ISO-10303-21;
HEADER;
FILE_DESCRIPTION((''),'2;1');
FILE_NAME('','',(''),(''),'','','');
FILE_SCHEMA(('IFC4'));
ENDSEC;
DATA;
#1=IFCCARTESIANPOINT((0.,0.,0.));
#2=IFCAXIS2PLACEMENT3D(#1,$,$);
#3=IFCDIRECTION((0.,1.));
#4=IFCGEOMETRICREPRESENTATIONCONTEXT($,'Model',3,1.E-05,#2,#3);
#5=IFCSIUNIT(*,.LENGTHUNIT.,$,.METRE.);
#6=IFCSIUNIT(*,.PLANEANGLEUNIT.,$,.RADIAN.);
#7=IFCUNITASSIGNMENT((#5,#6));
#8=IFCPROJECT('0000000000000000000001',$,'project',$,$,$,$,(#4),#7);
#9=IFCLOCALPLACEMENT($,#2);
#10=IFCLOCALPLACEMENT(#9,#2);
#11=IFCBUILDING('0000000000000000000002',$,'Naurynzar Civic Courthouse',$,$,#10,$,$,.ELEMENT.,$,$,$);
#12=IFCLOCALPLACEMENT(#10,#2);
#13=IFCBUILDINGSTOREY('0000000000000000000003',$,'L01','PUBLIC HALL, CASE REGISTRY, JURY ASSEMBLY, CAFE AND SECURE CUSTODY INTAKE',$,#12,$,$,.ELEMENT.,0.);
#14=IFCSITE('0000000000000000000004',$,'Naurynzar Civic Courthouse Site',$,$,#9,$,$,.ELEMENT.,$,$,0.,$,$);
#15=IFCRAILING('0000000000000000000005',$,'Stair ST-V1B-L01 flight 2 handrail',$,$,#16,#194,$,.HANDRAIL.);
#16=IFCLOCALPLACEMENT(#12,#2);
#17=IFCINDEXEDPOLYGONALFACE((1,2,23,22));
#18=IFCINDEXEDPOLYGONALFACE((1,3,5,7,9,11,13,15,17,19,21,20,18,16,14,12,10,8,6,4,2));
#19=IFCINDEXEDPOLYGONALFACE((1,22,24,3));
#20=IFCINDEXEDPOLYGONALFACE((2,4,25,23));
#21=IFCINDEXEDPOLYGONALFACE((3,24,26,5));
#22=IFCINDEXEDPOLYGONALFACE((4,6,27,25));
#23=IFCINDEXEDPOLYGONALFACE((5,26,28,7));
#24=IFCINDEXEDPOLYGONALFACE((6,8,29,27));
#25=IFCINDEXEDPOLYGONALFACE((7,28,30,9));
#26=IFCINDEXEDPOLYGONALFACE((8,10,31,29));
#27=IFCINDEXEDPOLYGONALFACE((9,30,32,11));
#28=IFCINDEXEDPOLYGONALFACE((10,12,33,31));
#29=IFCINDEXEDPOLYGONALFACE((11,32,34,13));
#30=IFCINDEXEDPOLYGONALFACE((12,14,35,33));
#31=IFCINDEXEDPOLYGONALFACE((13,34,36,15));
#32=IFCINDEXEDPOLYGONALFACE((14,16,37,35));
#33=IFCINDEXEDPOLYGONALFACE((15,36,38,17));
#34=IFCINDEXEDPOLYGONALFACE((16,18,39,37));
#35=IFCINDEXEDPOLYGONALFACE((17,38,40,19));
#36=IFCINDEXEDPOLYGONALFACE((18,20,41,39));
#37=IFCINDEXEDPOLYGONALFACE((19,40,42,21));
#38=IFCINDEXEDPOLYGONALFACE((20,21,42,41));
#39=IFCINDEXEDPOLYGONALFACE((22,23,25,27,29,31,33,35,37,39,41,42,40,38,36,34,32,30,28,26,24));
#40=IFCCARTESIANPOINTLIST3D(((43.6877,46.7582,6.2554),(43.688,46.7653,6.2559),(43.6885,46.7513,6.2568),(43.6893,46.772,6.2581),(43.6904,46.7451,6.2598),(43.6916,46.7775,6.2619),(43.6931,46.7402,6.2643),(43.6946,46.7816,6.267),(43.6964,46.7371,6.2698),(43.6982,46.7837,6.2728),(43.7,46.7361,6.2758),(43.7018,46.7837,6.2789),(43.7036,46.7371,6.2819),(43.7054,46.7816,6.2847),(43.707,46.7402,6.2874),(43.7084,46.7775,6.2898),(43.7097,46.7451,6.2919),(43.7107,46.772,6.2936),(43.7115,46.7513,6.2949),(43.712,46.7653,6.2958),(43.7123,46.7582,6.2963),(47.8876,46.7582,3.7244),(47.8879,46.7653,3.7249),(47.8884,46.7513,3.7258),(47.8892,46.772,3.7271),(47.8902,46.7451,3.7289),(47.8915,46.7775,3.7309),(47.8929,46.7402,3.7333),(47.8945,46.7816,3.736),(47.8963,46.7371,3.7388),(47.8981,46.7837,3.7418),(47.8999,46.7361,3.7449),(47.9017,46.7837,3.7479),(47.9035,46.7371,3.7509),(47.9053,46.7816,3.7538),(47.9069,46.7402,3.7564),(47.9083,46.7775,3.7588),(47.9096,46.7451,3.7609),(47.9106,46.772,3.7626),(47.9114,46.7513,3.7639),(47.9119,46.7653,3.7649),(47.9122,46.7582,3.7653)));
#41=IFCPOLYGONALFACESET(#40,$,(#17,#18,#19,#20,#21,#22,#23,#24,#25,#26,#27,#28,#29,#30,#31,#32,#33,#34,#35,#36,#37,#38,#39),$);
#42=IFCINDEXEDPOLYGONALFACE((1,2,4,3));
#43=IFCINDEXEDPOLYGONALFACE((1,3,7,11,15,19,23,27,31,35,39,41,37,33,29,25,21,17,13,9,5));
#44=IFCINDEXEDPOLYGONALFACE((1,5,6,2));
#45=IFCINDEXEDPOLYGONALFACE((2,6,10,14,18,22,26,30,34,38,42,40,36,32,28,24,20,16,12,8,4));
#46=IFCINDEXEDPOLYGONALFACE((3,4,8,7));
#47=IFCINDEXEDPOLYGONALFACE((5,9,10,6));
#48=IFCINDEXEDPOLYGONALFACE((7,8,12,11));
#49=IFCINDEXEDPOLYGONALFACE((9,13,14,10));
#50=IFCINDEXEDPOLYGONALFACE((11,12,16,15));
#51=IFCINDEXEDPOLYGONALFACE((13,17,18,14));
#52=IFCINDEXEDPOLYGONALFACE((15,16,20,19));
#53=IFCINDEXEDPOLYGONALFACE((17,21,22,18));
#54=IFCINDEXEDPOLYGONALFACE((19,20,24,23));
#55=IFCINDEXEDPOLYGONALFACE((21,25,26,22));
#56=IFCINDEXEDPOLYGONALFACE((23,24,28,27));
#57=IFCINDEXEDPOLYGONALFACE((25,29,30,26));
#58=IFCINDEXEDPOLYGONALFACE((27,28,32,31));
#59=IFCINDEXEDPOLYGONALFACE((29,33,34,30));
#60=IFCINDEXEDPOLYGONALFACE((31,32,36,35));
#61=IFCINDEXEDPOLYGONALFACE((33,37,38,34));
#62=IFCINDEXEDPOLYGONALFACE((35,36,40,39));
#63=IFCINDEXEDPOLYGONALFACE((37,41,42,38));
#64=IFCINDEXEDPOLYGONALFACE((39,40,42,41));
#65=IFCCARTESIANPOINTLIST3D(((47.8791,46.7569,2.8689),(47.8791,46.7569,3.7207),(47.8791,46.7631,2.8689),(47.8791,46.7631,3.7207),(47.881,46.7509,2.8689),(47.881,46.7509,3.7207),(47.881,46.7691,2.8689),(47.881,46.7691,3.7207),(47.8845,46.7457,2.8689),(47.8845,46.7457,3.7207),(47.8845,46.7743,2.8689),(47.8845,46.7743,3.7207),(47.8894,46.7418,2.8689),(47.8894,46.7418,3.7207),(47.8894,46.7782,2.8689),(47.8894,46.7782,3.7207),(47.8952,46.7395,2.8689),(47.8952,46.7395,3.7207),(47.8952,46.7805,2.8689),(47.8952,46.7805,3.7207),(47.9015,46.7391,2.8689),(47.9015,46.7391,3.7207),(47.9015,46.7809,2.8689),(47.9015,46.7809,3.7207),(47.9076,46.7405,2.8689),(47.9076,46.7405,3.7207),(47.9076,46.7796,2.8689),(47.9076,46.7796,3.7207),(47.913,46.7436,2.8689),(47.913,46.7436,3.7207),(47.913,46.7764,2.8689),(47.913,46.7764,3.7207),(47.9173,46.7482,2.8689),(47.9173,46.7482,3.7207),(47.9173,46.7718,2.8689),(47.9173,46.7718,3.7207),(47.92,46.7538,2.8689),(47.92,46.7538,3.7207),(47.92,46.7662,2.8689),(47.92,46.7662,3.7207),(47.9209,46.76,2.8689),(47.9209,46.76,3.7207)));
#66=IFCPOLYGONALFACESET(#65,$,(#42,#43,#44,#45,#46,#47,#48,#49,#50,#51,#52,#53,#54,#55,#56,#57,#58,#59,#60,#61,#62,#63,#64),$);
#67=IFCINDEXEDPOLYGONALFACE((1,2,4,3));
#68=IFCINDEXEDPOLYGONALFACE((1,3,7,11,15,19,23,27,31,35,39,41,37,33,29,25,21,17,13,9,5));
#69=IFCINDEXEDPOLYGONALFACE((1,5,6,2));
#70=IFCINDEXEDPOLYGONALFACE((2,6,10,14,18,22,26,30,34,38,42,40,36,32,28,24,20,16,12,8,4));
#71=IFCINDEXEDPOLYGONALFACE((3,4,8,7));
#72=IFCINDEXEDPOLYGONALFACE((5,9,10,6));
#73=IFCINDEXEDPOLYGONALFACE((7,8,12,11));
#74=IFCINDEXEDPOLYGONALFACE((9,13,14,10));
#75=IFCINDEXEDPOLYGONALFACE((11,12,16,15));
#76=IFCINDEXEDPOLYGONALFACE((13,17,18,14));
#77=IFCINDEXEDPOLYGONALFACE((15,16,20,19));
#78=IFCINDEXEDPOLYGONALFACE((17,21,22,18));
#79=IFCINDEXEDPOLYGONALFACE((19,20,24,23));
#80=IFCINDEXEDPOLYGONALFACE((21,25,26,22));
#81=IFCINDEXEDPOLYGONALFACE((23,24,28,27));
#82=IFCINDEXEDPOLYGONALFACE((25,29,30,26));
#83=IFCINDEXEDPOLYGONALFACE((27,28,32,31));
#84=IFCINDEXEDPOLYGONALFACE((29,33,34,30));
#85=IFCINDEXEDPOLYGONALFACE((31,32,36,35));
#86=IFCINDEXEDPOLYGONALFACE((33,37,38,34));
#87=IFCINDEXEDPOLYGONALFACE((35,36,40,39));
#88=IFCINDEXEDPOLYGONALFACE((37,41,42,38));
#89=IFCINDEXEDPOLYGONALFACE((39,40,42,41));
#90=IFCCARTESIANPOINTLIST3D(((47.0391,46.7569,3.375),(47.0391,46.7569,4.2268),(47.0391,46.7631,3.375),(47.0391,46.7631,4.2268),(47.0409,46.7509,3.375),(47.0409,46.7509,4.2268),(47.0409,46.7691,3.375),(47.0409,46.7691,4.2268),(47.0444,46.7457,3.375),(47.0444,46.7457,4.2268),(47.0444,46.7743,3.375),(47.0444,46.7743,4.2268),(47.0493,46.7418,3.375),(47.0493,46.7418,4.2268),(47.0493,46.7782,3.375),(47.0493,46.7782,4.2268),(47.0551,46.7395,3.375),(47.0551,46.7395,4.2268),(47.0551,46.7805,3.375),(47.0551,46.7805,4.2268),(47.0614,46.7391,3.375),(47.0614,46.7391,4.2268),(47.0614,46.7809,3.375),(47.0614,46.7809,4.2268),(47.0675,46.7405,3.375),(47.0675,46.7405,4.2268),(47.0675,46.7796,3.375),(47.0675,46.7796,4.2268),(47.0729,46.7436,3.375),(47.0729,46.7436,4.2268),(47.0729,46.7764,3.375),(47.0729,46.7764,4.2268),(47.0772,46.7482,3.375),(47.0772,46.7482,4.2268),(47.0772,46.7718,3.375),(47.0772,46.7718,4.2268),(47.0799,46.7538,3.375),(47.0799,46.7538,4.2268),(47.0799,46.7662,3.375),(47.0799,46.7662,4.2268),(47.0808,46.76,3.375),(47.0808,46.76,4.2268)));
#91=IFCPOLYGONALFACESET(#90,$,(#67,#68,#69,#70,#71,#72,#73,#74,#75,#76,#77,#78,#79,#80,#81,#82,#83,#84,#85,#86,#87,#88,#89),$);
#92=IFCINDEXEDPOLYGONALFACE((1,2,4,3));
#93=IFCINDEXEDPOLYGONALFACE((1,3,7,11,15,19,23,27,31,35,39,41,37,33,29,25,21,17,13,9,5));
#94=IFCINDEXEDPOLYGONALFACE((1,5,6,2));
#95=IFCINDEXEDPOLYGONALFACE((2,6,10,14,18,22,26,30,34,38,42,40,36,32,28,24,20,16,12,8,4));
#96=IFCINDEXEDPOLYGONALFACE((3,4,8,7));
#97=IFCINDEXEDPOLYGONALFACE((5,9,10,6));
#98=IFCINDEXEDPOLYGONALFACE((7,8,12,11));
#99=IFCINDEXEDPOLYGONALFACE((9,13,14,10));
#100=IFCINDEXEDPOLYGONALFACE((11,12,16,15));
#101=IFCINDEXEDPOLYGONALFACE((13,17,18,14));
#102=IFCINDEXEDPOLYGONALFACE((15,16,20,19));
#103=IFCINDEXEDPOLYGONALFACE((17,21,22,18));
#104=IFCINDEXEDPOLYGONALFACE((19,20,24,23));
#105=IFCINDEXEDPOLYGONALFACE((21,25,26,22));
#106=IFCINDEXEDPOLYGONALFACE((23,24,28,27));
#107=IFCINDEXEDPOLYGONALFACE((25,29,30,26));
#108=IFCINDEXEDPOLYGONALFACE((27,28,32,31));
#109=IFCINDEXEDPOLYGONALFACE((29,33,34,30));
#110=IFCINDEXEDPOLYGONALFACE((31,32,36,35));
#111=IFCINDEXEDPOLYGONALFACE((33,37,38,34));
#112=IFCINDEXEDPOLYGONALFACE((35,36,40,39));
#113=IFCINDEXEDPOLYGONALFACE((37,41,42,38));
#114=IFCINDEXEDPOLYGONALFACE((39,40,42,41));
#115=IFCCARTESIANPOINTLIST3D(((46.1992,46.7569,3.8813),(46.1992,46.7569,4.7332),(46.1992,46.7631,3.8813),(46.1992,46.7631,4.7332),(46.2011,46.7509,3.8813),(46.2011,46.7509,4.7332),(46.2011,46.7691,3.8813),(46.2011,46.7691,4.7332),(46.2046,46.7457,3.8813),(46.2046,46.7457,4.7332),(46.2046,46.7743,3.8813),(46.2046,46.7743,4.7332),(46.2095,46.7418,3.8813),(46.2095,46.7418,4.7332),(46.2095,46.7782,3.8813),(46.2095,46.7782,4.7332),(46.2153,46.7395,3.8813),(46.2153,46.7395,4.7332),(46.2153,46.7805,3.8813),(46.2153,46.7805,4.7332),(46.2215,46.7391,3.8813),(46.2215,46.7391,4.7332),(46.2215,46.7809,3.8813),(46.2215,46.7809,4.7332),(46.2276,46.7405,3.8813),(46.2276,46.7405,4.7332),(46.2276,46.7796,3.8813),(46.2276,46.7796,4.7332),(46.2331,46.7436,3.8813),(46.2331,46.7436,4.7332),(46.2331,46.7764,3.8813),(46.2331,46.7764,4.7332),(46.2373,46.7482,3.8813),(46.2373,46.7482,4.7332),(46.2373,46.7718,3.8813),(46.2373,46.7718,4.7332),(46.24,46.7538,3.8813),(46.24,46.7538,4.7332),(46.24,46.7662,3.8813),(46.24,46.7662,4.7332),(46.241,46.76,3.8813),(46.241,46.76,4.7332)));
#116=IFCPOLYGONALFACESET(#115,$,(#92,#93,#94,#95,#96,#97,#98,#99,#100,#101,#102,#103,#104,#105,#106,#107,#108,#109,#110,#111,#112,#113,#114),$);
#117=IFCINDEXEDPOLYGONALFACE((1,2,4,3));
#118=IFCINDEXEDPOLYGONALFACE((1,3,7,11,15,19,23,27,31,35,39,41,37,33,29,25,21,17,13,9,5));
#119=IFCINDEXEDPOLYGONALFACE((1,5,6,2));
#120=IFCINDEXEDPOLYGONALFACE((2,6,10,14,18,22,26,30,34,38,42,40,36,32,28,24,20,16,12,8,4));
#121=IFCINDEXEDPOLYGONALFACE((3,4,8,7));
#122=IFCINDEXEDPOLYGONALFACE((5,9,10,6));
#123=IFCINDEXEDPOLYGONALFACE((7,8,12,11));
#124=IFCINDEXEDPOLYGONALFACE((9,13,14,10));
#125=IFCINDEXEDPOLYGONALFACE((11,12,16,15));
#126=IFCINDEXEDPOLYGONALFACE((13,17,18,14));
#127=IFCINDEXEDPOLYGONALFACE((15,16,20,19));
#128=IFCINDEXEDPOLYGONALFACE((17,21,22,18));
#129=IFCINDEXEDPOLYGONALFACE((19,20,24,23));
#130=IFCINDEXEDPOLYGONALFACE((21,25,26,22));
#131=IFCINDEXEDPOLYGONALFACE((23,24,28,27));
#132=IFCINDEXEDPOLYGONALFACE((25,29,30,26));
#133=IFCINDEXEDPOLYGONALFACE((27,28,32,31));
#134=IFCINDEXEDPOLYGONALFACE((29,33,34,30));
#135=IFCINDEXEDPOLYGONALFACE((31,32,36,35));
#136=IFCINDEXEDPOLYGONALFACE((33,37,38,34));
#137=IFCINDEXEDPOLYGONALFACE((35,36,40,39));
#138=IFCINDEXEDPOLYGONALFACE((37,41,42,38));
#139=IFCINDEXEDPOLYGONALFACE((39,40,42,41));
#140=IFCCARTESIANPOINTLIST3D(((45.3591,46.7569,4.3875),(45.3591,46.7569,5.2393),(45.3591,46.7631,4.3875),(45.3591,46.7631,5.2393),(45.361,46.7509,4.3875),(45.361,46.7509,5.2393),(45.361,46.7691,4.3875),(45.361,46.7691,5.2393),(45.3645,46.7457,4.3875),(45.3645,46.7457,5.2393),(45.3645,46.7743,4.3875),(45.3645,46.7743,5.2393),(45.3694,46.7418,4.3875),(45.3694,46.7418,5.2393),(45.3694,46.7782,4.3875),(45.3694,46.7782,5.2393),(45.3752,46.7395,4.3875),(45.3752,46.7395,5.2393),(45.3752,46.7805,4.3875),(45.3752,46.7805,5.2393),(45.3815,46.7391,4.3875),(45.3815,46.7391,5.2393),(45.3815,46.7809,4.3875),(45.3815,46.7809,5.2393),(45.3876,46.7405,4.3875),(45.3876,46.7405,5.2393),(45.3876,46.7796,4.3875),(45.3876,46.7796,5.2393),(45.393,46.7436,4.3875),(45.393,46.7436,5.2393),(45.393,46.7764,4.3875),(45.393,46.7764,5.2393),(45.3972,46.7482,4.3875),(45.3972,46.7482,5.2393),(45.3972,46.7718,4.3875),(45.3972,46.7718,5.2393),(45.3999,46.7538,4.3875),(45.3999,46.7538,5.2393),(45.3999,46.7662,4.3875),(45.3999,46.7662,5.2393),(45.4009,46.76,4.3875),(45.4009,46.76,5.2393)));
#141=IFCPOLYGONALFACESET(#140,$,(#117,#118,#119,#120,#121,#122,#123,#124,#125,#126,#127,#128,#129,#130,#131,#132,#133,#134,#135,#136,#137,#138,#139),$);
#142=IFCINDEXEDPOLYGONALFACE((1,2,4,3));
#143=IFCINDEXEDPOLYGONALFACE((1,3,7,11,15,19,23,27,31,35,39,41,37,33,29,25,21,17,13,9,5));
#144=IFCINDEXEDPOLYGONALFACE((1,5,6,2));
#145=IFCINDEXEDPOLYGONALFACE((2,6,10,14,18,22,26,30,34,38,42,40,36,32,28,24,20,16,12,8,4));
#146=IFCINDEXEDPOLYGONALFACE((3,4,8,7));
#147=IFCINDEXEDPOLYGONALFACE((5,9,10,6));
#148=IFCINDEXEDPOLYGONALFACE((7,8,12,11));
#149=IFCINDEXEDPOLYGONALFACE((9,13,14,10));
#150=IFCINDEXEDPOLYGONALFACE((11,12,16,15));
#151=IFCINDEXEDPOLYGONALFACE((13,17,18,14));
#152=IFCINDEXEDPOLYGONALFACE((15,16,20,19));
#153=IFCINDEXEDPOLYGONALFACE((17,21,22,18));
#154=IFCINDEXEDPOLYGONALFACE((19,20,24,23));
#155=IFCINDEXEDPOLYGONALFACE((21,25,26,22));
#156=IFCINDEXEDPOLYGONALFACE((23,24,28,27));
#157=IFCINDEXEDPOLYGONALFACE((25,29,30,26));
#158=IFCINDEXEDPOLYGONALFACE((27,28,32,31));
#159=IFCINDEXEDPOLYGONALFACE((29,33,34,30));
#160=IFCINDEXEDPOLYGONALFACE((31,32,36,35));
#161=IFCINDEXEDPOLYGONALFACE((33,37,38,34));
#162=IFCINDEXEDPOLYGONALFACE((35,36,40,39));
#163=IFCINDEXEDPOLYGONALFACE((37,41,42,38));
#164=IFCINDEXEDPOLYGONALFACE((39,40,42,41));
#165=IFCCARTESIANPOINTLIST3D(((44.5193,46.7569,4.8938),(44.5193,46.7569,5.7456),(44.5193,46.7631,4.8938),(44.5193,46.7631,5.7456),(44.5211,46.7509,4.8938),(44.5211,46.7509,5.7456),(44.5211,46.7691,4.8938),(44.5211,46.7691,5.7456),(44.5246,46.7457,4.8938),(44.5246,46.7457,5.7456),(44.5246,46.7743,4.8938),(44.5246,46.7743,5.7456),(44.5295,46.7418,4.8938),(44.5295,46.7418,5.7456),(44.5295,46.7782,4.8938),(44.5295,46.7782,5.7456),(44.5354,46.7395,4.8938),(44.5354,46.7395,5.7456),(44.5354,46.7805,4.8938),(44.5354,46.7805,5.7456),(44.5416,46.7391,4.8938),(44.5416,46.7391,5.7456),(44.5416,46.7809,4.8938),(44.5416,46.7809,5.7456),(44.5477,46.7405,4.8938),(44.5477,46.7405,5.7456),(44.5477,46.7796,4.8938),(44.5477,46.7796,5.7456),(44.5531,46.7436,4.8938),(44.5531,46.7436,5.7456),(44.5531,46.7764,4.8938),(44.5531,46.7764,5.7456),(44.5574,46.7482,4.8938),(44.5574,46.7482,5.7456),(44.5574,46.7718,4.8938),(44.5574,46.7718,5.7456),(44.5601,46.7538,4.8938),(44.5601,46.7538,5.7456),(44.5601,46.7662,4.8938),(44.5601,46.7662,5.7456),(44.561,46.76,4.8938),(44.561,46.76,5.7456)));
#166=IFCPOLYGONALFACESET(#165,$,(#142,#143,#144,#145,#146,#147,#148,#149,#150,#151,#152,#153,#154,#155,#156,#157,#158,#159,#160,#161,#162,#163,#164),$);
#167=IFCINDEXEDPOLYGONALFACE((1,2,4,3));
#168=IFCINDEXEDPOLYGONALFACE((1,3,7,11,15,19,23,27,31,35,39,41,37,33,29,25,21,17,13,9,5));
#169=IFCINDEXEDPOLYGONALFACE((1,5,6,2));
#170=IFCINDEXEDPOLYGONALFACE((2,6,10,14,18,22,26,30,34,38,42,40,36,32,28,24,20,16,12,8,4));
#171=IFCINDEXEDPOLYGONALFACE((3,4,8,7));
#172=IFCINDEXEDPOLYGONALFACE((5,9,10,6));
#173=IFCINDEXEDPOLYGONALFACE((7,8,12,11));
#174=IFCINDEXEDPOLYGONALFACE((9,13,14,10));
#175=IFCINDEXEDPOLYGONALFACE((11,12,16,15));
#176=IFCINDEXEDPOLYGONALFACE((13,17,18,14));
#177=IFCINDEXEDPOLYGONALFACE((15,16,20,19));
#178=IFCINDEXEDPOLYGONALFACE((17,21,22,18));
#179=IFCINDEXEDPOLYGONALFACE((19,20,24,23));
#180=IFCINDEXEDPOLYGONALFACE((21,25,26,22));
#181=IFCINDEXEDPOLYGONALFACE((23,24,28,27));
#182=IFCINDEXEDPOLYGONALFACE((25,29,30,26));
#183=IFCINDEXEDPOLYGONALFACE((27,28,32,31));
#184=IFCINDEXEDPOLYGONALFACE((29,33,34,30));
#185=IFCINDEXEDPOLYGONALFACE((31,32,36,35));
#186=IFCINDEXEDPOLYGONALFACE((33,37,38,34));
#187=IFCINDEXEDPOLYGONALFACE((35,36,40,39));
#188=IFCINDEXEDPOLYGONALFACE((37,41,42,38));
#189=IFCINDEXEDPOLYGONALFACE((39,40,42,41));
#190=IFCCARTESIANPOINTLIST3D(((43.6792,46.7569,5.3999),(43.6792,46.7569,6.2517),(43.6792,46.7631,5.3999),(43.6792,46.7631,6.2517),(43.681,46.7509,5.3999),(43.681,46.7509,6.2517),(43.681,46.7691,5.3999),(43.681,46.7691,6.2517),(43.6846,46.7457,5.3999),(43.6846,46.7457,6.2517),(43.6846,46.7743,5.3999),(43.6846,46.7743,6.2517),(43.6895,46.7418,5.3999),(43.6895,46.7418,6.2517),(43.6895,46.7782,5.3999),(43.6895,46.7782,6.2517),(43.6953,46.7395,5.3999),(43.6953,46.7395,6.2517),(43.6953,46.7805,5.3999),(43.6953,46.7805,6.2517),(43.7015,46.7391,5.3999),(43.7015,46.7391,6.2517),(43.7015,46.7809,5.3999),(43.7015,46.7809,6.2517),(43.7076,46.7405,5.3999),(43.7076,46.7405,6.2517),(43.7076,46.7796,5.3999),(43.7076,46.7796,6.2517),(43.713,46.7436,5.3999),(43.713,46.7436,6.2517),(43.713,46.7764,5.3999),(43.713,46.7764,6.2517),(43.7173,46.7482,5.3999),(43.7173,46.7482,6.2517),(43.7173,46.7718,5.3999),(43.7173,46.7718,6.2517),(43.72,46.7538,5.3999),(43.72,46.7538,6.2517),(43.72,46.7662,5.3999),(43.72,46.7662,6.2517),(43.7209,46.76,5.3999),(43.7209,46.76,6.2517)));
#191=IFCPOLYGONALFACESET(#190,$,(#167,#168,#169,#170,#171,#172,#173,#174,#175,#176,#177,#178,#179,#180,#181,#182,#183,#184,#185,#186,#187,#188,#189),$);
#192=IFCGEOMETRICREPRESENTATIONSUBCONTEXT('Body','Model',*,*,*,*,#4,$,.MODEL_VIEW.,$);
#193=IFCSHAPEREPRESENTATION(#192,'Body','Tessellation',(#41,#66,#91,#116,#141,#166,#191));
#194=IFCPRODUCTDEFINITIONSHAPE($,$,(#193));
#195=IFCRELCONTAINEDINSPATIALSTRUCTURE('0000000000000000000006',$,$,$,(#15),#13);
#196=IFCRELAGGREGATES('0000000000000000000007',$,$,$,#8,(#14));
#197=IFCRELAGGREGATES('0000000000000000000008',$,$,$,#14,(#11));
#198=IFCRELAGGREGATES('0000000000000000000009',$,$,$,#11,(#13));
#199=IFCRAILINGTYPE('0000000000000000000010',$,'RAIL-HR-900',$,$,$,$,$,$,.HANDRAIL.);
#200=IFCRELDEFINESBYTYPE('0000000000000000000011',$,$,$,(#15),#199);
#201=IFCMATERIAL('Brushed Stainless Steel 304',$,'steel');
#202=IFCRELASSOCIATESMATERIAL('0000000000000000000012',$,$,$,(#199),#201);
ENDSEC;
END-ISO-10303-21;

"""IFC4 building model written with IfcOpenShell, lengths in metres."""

from ifc_helpers import new_model, si_unit, direction, frame, origin, origin_2d, place, context, subcontext, project, spatial, circle, extrude, material, type_object, element, save


model = new_model("IFC4")

# Units and contexts
model_context = context("Model", 3, precision=1e-05, world=origin(), true_north=direction((0.0, 1.0)))
body_context = subcontext(model_context, "Body", "Model", "MODEL_VIEW")
ifc_project = project(units=[si_unit("LENGTHUNIT", "METRE"), si_unit("PLANEANGLEUNIT", "RADIAN")], contexts=[model_context])

# Site, building, storey
site_placement = place(None, origin())
site = spatial("IfcSite", under=ifc_project, at=site_placement, Name="Naurynzar Civic Courthouse Site", CompositionType="ELEMENT", RefElevation=0.0)
building_placement = place(site_placement, origin())
building = spatial("IfcBuilding", under=site, at=building_placement, Name="Naurynzar Civic Courthouse", CompositionType="ELEMENT")
storey_placement = place(building_placement, origin())
storey = spatial("IfcBuildingStorey", under=building, at=storey_placement, Name="L01", Description="PUBLIC HALL, CASE REGISTRY, JURY ASSEMBLY, CAFE AND SECURE CUSTODY INTAKE", CompositionType="ELEMENT", Elevation=0.0)

# Railing
ifc_material_1 = material(Name="Brushed Stainless Steel 304", Category="steel")
railing_type_1 = type_object("IfcRailingType", Name="RAIL-HR-900", PredefinedType="HANDRAIL", material=ifc_material_1)
railing_1_placement = place(storey_placement, frame((47.8999, 46.76, 2.8689)))
element("IfcRailing", 1, at=railing_1_placement, inside=storey, type_object=railing_type_1, Name="Stair ST-V1B-L01 flight 2 handrail", PredefinedType="HANDRAIL", context=body_context, shape_type="SweptSolid", body=[
    extrude(circle(Radius=0.0239, at=origin_2d()), frame((0.0, 0.0, 0.876), z_axis=(-0.856499, 0.0, 0.51615), x_axis=(0.0, -1.0, 0.0)), (0.0, 0.0, 1.0), 4.9036),
    extrude(circle(Radius=0.021, at=origin_2d()), origin(), (0.0, 0.0, 1.0), 0.8518),
    extrude(circle(Radius=0.021, at=origin_2d()), frame((-0.8401, 0.0, 0.5061)), (0.0, 0.0, 1.0), 0.8518),
    extrude(circle(Radius=0.021, at=origin_2d()), frame((-1.6799, 0.0, 1.0125)), (0.0, 0.0, 1.0), 0.8518),
    extrude(circle(Radius=0.021, at=origin_2d()), frame((-2.52, 0.0, 1.5186)), (0.0, 0.0, 1.0), 0.8518),
    extrude(circle(Radius=0.021, at=origin_2d()), frame((-3.3599, 0.0, 2.0249)), (0.0, 0.0, 1.0), 0.8518),
    extrude(circle(Radius=0.021, at=origin_2d()), frame((-4.2, 0.0, 2.531)), (0.0, 0.0, 1.0), 0.8518),
])

save(model, "model.ifc")
